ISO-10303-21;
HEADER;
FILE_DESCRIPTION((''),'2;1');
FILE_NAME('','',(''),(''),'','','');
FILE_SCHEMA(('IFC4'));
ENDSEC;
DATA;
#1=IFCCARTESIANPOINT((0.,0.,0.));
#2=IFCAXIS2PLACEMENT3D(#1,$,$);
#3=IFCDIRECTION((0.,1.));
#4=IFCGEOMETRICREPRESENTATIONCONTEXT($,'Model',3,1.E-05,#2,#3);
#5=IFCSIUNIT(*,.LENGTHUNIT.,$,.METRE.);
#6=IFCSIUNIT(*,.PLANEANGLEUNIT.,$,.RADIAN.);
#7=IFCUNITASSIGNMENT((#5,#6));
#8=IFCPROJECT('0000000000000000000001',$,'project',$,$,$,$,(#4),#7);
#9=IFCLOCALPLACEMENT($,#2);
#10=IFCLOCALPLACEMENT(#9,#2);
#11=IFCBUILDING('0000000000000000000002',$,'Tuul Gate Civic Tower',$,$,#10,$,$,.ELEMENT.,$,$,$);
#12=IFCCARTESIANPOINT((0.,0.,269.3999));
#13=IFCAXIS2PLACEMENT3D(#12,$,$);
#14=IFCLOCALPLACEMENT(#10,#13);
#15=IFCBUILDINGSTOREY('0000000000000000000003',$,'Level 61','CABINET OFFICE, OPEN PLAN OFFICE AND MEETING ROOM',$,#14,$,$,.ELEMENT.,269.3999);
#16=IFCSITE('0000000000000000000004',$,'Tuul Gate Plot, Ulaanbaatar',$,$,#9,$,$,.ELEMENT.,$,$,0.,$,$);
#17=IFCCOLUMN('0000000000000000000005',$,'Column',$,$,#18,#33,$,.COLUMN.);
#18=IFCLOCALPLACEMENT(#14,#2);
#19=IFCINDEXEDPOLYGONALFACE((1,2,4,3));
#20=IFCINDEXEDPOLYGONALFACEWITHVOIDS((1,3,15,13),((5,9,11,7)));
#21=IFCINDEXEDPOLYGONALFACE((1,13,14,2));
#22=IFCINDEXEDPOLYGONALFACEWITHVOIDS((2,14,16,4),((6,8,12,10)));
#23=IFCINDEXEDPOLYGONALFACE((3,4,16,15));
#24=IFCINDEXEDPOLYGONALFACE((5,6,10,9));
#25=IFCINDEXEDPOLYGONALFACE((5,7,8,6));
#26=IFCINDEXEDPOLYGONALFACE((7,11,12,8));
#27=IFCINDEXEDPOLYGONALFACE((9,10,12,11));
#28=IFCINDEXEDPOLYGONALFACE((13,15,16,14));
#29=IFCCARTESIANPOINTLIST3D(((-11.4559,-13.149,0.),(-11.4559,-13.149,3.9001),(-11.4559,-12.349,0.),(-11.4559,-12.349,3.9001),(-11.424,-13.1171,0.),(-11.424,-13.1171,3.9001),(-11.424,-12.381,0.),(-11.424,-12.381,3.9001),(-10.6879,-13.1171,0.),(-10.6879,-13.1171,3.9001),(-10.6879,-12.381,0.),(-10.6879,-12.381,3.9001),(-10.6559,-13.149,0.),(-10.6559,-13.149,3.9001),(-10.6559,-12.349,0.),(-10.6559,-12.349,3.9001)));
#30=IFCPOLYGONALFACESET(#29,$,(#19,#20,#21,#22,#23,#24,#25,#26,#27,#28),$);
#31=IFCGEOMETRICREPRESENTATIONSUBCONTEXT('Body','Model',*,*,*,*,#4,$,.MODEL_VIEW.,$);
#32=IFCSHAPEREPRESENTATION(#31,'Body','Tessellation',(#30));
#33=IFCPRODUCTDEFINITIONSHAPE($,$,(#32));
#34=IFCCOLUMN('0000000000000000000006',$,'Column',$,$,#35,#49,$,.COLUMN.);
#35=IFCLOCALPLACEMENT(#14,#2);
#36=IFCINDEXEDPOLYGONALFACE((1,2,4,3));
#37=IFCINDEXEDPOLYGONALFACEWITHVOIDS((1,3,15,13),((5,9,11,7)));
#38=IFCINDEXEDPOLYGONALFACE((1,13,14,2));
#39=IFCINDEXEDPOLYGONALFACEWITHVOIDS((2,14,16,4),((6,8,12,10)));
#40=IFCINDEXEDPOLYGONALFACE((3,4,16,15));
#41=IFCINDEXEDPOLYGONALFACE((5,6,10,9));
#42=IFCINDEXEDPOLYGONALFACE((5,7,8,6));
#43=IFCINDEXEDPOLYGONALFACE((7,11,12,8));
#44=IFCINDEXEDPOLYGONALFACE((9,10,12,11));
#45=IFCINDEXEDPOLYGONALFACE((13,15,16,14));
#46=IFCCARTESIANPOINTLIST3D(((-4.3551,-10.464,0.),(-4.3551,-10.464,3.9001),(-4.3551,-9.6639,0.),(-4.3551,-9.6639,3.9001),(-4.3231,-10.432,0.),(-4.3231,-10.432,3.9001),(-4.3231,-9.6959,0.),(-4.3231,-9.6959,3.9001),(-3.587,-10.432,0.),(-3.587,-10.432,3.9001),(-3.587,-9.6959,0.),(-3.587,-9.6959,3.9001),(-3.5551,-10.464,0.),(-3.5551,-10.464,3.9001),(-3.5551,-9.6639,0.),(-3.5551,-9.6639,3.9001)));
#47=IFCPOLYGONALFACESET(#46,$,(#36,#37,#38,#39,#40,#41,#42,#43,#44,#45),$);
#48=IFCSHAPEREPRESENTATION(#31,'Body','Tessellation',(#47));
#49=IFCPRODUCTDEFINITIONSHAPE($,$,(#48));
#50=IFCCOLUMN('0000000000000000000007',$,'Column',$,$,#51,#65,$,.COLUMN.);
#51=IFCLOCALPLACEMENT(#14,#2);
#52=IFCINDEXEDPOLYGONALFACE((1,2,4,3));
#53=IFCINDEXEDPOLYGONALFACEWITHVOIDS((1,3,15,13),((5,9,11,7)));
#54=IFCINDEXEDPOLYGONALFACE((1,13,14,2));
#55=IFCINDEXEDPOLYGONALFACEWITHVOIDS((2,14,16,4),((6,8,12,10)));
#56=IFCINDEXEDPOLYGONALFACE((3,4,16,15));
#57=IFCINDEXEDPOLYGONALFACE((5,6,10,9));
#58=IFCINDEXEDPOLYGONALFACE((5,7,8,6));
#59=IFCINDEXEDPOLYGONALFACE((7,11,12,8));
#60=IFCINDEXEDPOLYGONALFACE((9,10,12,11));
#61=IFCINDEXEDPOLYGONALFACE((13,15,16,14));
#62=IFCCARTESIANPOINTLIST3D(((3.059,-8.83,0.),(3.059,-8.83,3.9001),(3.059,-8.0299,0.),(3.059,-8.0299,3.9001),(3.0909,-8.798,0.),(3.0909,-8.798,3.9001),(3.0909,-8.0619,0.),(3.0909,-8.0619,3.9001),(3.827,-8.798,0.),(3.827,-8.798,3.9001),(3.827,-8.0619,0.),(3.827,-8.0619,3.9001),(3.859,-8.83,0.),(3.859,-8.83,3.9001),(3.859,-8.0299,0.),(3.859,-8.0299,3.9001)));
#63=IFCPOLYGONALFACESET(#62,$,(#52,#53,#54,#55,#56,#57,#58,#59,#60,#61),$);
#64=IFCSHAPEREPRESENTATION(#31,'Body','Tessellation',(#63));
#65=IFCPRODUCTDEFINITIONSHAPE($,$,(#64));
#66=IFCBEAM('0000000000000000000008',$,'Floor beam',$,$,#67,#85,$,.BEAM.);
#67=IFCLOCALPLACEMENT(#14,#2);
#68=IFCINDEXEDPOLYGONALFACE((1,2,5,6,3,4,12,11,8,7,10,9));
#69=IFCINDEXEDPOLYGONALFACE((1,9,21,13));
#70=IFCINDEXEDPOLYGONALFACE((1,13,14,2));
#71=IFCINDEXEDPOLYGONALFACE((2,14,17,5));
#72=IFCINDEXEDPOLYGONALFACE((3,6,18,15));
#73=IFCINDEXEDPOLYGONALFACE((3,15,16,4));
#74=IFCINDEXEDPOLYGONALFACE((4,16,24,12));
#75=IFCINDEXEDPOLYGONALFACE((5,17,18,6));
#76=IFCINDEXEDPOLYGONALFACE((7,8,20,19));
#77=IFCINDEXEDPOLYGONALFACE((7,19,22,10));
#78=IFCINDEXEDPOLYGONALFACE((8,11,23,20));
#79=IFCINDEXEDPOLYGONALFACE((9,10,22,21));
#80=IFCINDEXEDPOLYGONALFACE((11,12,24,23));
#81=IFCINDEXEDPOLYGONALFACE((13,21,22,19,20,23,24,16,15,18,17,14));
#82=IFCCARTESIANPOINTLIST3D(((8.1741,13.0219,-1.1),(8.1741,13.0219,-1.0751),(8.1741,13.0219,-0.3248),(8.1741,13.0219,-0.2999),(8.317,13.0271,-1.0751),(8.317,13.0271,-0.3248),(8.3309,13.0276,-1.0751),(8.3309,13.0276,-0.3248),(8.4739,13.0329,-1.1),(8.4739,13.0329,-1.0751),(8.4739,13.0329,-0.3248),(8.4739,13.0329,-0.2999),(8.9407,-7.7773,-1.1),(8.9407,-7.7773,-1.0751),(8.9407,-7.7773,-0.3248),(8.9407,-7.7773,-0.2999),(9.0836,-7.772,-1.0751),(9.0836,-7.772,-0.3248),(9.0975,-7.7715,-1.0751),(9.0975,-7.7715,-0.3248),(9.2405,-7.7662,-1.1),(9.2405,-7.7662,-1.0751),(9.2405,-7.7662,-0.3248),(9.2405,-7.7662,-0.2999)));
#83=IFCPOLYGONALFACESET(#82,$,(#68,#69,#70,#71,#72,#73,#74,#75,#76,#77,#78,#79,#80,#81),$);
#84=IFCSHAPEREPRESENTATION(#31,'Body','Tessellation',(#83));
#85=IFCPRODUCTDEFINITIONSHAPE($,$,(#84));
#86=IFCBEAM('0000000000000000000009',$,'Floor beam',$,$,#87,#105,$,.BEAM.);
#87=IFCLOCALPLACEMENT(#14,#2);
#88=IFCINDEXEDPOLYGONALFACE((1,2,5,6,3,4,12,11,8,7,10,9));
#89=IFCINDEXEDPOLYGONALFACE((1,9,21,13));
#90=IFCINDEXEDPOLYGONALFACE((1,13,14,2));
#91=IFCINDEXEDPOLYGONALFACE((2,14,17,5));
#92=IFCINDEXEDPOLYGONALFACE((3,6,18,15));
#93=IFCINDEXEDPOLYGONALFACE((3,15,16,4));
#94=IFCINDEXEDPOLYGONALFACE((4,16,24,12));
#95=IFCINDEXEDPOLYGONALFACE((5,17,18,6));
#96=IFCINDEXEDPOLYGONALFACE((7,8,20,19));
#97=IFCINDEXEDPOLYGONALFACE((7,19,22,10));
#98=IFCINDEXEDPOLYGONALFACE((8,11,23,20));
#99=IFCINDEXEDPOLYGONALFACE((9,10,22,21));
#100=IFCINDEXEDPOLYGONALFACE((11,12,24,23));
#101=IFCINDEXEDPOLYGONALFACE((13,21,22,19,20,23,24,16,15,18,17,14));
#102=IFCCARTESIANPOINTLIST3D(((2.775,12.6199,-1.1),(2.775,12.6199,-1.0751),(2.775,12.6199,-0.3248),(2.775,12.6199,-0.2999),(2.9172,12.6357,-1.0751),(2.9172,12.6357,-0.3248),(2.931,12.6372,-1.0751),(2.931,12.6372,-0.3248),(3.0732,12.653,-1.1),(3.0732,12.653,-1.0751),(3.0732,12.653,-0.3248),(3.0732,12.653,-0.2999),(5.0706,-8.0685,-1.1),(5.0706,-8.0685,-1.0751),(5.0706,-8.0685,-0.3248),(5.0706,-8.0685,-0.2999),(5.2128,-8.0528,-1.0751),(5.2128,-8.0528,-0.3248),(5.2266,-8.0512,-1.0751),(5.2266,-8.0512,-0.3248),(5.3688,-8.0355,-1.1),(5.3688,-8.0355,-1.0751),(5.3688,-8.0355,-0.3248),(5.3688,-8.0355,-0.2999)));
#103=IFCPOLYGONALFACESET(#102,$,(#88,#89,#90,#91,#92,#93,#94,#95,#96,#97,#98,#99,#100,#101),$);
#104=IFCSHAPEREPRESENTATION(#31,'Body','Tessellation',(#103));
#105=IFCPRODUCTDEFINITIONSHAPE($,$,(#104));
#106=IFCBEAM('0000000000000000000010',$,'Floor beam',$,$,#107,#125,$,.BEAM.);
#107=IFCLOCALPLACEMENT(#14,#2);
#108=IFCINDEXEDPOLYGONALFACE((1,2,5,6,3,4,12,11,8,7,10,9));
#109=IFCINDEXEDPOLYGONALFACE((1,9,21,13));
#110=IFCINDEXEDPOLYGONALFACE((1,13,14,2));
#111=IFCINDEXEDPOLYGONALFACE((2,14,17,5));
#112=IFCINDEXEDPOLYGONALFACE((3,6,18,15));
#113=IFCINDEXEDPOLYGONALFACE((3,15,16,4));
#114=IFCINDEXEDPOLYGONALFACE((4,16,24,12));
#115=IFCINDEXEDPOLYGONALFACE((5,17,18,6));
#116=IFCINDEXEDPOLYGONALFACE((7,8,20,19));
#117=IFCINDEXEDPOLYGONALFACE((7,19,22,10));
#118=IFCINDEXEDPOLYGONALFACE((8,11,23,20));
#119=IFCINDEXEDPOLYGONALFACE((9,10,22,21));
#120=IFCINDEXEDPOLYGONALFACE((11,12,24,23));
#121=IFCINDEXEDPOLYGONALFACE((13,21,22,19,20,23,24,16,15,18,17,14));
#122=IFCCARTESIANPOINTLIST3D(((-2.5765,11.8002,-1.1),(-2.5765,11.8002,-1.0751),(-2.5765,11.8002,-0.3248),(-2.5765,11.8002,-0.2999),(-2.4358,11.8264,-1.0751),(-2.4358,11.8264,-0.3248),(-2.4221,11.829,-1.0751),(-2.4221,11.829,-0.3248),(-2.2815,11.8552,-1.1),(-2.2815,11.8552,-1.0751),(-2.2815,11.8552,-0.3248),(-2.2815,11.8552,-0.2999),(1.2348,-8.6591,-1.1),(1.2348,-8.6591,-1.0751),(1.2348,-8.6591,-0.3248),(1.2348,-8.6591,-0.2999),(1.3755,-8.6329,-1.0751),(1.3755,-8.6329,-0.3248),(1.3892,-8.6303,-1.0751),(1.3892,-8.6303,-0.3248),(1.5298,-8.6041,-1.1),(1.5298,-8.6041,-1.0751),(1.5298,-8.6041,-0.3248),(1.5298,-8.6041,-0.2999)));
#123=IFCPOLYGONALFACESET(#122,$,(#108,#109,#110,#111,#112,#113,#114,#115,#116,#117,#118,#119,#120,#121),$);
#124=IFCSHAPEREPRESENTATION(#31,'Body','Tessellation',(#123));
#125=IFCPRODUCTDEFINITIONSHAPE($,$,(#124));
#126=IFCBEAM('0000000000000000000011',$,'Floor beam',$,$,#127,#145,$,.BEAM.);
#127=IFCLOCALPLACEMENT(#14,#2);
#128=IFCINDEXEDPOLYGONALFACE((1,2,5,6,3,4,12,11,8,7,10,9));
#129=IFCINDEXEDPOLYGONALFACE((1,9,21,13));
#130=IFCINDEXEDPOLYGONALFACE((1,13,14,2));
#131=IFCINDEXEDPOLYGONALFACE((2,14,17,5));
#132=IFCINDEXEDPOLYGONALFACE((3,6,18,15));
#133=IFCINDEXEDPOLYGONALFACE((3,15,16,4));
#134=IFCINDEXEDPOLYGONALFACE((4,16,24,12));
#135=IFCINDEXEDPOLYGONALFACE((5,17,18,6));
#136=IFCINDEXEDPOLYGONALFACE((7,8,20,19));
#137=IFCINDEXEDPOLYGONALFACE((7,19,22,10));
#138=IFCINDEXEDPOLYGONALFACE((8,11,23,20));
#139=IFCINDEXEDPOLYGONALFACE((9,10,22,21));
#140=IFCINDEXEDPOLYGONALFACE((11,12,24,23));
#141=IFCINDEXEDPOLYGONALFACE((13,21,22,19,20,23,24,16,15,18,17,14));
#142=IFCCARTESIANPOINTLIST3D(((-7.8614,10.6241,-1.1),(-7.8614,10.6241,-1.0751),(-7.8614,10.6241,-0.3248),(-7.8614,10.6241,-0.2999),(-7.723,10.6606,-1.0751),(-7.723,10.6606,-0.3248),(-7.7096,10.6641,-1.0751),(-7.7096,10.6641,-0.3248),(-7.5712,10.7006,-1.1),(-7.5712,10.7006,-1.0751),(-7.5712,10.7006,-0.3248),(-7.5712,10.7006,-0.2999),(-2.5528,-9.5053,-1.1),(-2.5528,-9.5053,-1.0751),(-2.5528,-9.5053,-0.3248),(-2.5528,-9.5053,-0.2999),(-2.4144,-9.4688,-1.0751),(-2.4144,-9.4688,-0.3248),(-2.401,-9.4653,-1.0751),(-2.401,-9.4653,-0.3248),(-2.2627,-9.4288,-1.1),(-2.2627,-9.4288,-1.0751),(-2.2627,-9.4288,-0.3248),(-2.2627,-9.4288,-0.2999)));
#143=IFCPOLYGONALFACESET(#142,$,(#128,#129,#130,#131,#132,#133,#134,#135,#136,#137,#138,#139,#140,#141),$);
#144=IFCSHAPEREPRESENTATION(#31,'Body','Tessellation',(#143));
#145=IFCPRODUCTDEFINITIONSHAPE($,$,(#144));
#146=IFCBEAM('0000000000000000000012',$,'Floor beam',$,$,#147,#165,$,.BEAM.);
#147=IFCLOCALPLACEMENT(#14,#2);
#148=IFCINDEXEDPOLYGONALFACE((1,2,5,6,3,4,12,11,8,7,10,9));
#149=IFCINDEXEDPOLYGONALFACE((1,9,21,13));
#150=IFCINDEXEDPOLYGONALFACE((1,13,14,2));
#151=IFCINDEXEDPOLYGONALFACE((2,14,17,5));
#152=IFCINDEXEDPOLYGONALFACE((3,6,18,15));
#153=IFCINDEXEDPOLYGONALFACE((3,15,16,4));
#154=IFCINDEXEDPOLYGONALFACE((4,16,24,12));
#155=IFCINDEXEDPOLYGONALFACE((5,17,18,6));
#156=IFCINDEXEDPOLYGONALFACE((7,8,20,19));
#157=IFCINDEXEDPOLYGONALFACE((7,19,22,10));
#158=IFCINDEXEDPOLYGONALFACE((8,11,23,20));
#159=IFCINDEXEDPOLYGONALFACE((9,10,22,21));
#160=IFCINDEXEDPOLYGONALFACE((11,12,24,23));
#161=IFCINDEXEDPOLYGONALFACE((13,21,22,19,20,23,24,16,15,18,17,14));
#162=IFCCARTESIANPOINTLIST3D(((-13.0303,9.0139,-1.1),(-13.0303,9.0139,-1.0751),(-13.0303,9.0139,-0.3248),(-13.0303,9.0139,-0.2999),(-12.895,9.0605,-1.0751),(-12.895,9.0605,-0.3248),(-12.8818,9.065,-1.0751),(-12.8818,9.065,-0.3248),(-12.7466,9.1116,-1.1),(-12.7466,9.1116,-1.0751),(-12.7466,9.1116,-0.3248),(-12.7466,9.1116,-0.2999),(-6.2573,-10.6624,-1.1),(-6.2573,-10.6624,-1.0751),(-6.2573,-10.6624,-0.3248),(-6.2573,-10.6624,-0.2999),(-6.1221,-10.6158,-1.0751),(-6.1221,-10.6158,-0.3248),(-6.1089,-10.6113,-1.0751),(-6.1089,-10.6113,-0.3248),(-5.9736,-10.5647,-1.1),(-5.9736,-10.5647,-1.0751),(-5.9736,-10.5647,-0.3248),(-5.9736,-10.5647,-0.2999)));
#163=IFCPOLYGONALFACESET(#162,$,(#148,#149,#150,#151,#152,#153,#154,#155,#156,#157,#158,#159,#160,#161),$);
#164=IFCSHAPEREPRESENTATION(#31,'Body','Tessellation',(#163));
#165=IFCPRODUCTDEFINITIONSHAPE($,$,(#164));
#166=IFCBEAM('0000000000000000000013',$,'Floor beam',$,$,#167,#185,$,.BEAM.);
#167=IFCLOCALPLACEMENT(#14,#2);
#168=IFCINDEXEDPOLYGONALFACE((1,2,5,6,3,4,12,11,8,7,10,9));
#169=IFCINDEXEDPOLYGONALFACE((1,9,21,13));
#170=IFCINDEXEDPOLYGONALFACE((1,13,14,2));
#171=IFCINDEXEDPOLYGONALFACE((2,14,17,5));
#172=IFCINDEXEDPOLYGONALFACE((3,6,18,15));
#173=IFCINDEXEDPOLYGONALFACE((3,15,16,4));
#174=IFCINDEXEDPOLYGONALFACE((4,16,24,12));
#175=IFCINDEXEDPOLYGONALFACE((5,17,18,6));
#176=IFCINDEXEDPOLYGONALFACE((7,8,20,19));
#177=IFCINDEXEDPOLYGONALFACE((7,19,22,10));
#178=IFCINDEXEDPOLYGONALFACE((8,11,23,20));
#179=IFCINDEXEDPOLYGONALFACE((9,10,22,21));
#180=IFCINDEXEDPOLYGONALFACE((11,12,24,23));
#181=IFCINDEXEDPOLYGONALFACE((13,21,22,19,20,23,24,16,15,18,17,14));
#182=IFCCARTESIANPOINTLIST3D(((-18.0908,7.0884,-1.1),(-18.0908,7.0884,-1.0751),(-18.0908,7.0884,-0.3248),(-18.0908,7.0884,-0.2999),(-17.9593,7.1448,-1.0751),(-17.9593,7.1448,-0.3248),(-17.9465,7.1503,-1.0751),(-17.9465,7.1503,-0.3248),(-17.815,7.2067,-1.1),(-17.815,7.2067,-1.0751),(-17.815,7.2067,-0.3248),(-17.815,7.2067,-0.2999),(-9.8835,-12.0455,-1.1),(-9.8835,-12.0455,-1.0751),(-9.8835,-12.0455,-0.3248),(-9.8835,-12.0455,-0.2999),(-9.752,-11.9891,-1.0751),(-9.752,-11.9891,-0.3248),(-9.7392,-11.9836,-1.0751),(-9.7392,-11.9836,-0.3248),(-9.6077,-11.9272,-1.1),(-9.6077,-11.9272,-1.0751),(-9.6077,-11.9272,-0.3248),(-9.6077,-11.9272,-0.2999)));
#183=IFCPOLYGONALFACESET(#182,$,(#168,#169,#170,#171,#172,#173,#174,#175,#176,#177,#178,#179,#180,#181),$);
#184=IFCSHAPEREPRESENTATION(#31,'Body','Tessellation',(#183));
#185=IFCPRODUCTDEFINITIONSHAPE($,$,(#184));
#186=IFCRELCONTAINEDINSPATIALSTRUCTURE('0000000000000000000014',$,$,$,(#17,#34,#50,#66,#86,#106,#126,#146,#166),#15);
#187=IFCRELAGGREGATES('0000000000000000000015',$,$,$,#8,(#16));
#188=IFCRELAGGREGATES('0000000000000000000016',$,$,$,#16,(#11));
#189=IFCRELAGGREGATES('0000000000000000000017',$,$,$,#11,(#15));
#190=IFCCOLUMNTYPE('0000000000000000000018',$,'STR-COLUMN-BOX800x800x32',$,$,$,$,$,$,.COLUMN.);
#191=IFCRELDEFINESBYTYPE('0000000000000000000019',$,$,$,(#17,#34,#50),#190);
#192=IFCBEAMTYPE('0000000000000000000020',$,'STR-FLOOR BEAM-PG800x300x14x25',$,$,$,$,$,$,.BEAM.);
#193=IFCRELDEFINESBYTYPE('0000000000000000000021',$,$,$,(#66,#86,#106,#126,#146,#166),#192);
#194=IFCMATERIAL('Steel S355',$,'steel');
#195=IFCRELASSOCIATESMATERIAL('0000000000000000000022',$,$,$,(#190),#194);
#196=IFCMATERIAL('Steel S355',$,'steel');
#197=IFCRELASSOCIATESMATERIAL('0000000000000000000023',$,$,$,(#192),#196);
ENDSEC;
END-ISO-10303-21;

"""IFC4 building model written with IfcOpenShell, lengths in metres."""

from ifc_helpers import new_model, si_unit, direction, frame, origin, origin_2d, place, context, subcontext, project, spatial, hollow_rectangle, i_section, extrude, material, material_profile, profile_set, type_object, element, save


model = new_model("IFC4")

# Units and contexts
model_context = context("Model", 3, precision=1e-05, world=origin(), true_north=direction((0.0, 1.0)))
body_context = subcontext(model_context, "Body", "Model", "MODEL_VIEW")
ifc_project = project(units=[si_unit("LENGTHUNIT", "METRE"), si_unit("PLANEANGLEUNIT", "RADIAN")], contexts=[model_context])

# Site, building, storey
site_placement = place(None, origin())
site = spatial("IfcSite", under=ifc_project, at=site_placement, Name="Tuul Gate Plot, Ulaanbaatar", CompositionType="ELEMENT", RefElevation=0.0)
building_placement = place(site_placement, origin())
building = spatial("IfcBuilding", under=site, at=building_placement, Name="Tuul Gate Civic Tower", CompositionType="ELEMENT")
storey_placement = place(building_placement, frame((0.0, 0.0, 269.3999)))
storey = spatial("IfcBuildingStorey", under=building, at=storey_placement, Name="Level 61", Description="CABINET OFFICE, OPEN PLAN OFFICE AND MEETING ROOM", CompositionType="ELEMENT", Elevation=269.3999)

# Columns
ifc_material_1 = material(Name="Steel S355", Category="steel")
ifc_material_profile_1 = material_profile(ifc_material_1, hollow_rectangle(XDim=0.8, YDim=0.8, WallThickness=0.032, at=origin_2d()), Name="BOX800x800x32")
ifc_profile_set_1 = profile_set([ifc_material_profile_1], Name="Steel S355")
column_type = type_object("IfcColumnType", Name="STR-COLUMN-BOX800x800x32", PredefinedType="COLUMN", material=ifc_profile_set_1)
for number, where, z_axis, x_axis, name in (
    (1, (-11.0559, -12.749, 0.0), (0.0, 0.0, 1.0), (1.0, 0.0, 0.0), "Column"),
    (2, (-3.9551, -10.064, 0.0), (0.0, 0.0, 1.0), (1.0, 0.0, 0.0), "Column"),
    (3, (3.459, -8.4299, 0.0), (0.0, 0.0, 1.0), (1.0, 0.0, 0.0), "Column"),
):
    element("IfcColumn", number, at=place(storey_placement, frame(where, z_axis=z_axis, x_axis=x_axis)), inside=storey, type_object=column_type, Name=name, PredefinedType="COLUMN", context=body_context, shape_type="SweptSolid", body=[
        extrude(hollow_rectangle(XDim=0.8, YDim=0.8, WallThickness=0.032, at=origin_2d()), origin(), (0.0, 0.0, 1.0), 3.9001),
    ])

# Beams
ifc_material_2 = material(Name="Steel S355", Category="steel")
ifc_material_profile_2 = material_profile(ifc_material_2, i_section(OverallWidth=0.3, OverallDepth=0.8, WebThickness=0.0139, FlangeThickness=0.0249, at=origin_2d()), Name="PG800x300x14x25")
ifc_profile_set_2 = profile_set([ifc_material_profile_2], Name="Steel S355")
beam_type_1 = type_object("IfcBeamType", Name="STR-FLOOR BEAM-PG800x300x14x25", PredefinedType="BEAM", material=ifc_profile_set_2)
beam_1_placement = place(storey_placement, frame((9.0906, -7.7717, -0.7), z_axis=(-0.036832, 0.999321, 0.0), x_axis=(-0.999321, -0.036832, 0.0)))
element("IfcBeam", 4, at=beam_1_placement, inside=storey, type_object=beam_type_1, Name="Floor beam", PredefinedType="BEAM", context=body_context, shape_type="SweptSolid", body=[
    extrude(i_section(OverallWidth=0.3, OverallDepth=0.8, WebThickness=0.0139, FlangeThickness=0.0249, at=origin_2d()), origin(), (0.0, 0.0, 1.0), 20.8132),
])
beam_2_placement = place(storey_placement, frame((5.2197, -8.052, -0.7), z_axis=(-0.110286, 0.9939, 0.0), x_axis=(-0.9939, -0.110286, 0.0)))
element("IfcBeam", 5, at=beam_2_placement, inside=storey, type_object=beam_type_1, Name="Floor beam", PredefinedType="BEAM", context=body_context, shape_type="SweptSolid", body=[
    extrude(i_section(OverallWidth=0.3, OverallDepth=0.8, WebThickness=0.0139, FlangeThickness=0.0249, at=origin_2d()), origin(), (0.0, 0.0, 1.0), 20.8154),
])
beam_3_placement = place(storey_placement, frame((1.3823, -8.6316, -0.7), z_axis=(-0.183136, 0.983088, 0.0), x_axis=(-0.983088, -0.183136, 0.0)))
element("IfcBeam", 6, at=beam_3_placement, inside=storey, type_object=beam_type_1, Name="Floor beam", PredefinedType="BEAM", context=body_context, shape_type="SweptSolid", body=[
    extrude(i_section(OverallWidth=0.3, OverallDepth=0.8, WebThickness=0.0139, FlangeThickness=0.0249, at=origin_2d()), origin(), (0.0, 0.0, 1.0), 20.8113),
])
beam_4_placement = place(storey_placement, frame((-2.4077, -9.467, -0.7), z_axis=(-0.255005, 0.96694, 0.0), x_axis=(-0.96694, -0.255005, 0.0)))
element("IfcBeam", 7, at=beam_4_placement, inside=storey, type_object=beam_type_1, Name="Floor beam", PredefinedType="BEAM", context=body_context, shape_type="SweptSolid", body=[
    extrude(i_section(OverallWidth=0.3, OverallDepth=0.8, WebThickness=0.0139, FlangeThickness=0.0249, at=origin_2d()), origin(), (0.0, 0.0, 1.0), 20.8176),
])
beam_5_placement = place(storey_placement, frame((-6.1155, -10.6135, -0.7), z_axis=(-0.325476, 0.94555, 0.0), x_axis=(-0.94555, -0.325476, 0.0)))
element("IfcBeam", 8, at=beam_5_placement, inside=storey, type_object=beam_type_1, Name="Floor beam", PredefinedType="BEAM", context=body_context, shape_type="SweptSolid", body=[
    extrude(i_section(OverallWidth=0.3, OverallDepth=0.8, WebThickness=0.0139, FlangeThickness=0.0249, at=origin_2d()), origin(), (0.0, 0.0, 1.0), 20.8093),
])
beam_6_placement = place(storey_placement, frame((-9.7456, -11.9863, -0.7), z_axis=(-0.394207, 0.919022, 0.0), x_axis=(-0.919022, -0.394207, 0.0)))
element("IfcBeam", 9, at=beam_6_placement, inside=storey, type_object=beam_type_1, Name="Floor beam", PredefinedType="BEAM", context=body_context, shape_type="SweptSolid", body=[
    extrude(i_section(OverallWidth=0.3, OverallDepth=0.8, WebThickness=0.0139, FlangeThickness=0.0249, at=origin_2d()), origin(), (0.0, 0.0, 1.0), 20.8198),
])

save(model, "model.ifc")
